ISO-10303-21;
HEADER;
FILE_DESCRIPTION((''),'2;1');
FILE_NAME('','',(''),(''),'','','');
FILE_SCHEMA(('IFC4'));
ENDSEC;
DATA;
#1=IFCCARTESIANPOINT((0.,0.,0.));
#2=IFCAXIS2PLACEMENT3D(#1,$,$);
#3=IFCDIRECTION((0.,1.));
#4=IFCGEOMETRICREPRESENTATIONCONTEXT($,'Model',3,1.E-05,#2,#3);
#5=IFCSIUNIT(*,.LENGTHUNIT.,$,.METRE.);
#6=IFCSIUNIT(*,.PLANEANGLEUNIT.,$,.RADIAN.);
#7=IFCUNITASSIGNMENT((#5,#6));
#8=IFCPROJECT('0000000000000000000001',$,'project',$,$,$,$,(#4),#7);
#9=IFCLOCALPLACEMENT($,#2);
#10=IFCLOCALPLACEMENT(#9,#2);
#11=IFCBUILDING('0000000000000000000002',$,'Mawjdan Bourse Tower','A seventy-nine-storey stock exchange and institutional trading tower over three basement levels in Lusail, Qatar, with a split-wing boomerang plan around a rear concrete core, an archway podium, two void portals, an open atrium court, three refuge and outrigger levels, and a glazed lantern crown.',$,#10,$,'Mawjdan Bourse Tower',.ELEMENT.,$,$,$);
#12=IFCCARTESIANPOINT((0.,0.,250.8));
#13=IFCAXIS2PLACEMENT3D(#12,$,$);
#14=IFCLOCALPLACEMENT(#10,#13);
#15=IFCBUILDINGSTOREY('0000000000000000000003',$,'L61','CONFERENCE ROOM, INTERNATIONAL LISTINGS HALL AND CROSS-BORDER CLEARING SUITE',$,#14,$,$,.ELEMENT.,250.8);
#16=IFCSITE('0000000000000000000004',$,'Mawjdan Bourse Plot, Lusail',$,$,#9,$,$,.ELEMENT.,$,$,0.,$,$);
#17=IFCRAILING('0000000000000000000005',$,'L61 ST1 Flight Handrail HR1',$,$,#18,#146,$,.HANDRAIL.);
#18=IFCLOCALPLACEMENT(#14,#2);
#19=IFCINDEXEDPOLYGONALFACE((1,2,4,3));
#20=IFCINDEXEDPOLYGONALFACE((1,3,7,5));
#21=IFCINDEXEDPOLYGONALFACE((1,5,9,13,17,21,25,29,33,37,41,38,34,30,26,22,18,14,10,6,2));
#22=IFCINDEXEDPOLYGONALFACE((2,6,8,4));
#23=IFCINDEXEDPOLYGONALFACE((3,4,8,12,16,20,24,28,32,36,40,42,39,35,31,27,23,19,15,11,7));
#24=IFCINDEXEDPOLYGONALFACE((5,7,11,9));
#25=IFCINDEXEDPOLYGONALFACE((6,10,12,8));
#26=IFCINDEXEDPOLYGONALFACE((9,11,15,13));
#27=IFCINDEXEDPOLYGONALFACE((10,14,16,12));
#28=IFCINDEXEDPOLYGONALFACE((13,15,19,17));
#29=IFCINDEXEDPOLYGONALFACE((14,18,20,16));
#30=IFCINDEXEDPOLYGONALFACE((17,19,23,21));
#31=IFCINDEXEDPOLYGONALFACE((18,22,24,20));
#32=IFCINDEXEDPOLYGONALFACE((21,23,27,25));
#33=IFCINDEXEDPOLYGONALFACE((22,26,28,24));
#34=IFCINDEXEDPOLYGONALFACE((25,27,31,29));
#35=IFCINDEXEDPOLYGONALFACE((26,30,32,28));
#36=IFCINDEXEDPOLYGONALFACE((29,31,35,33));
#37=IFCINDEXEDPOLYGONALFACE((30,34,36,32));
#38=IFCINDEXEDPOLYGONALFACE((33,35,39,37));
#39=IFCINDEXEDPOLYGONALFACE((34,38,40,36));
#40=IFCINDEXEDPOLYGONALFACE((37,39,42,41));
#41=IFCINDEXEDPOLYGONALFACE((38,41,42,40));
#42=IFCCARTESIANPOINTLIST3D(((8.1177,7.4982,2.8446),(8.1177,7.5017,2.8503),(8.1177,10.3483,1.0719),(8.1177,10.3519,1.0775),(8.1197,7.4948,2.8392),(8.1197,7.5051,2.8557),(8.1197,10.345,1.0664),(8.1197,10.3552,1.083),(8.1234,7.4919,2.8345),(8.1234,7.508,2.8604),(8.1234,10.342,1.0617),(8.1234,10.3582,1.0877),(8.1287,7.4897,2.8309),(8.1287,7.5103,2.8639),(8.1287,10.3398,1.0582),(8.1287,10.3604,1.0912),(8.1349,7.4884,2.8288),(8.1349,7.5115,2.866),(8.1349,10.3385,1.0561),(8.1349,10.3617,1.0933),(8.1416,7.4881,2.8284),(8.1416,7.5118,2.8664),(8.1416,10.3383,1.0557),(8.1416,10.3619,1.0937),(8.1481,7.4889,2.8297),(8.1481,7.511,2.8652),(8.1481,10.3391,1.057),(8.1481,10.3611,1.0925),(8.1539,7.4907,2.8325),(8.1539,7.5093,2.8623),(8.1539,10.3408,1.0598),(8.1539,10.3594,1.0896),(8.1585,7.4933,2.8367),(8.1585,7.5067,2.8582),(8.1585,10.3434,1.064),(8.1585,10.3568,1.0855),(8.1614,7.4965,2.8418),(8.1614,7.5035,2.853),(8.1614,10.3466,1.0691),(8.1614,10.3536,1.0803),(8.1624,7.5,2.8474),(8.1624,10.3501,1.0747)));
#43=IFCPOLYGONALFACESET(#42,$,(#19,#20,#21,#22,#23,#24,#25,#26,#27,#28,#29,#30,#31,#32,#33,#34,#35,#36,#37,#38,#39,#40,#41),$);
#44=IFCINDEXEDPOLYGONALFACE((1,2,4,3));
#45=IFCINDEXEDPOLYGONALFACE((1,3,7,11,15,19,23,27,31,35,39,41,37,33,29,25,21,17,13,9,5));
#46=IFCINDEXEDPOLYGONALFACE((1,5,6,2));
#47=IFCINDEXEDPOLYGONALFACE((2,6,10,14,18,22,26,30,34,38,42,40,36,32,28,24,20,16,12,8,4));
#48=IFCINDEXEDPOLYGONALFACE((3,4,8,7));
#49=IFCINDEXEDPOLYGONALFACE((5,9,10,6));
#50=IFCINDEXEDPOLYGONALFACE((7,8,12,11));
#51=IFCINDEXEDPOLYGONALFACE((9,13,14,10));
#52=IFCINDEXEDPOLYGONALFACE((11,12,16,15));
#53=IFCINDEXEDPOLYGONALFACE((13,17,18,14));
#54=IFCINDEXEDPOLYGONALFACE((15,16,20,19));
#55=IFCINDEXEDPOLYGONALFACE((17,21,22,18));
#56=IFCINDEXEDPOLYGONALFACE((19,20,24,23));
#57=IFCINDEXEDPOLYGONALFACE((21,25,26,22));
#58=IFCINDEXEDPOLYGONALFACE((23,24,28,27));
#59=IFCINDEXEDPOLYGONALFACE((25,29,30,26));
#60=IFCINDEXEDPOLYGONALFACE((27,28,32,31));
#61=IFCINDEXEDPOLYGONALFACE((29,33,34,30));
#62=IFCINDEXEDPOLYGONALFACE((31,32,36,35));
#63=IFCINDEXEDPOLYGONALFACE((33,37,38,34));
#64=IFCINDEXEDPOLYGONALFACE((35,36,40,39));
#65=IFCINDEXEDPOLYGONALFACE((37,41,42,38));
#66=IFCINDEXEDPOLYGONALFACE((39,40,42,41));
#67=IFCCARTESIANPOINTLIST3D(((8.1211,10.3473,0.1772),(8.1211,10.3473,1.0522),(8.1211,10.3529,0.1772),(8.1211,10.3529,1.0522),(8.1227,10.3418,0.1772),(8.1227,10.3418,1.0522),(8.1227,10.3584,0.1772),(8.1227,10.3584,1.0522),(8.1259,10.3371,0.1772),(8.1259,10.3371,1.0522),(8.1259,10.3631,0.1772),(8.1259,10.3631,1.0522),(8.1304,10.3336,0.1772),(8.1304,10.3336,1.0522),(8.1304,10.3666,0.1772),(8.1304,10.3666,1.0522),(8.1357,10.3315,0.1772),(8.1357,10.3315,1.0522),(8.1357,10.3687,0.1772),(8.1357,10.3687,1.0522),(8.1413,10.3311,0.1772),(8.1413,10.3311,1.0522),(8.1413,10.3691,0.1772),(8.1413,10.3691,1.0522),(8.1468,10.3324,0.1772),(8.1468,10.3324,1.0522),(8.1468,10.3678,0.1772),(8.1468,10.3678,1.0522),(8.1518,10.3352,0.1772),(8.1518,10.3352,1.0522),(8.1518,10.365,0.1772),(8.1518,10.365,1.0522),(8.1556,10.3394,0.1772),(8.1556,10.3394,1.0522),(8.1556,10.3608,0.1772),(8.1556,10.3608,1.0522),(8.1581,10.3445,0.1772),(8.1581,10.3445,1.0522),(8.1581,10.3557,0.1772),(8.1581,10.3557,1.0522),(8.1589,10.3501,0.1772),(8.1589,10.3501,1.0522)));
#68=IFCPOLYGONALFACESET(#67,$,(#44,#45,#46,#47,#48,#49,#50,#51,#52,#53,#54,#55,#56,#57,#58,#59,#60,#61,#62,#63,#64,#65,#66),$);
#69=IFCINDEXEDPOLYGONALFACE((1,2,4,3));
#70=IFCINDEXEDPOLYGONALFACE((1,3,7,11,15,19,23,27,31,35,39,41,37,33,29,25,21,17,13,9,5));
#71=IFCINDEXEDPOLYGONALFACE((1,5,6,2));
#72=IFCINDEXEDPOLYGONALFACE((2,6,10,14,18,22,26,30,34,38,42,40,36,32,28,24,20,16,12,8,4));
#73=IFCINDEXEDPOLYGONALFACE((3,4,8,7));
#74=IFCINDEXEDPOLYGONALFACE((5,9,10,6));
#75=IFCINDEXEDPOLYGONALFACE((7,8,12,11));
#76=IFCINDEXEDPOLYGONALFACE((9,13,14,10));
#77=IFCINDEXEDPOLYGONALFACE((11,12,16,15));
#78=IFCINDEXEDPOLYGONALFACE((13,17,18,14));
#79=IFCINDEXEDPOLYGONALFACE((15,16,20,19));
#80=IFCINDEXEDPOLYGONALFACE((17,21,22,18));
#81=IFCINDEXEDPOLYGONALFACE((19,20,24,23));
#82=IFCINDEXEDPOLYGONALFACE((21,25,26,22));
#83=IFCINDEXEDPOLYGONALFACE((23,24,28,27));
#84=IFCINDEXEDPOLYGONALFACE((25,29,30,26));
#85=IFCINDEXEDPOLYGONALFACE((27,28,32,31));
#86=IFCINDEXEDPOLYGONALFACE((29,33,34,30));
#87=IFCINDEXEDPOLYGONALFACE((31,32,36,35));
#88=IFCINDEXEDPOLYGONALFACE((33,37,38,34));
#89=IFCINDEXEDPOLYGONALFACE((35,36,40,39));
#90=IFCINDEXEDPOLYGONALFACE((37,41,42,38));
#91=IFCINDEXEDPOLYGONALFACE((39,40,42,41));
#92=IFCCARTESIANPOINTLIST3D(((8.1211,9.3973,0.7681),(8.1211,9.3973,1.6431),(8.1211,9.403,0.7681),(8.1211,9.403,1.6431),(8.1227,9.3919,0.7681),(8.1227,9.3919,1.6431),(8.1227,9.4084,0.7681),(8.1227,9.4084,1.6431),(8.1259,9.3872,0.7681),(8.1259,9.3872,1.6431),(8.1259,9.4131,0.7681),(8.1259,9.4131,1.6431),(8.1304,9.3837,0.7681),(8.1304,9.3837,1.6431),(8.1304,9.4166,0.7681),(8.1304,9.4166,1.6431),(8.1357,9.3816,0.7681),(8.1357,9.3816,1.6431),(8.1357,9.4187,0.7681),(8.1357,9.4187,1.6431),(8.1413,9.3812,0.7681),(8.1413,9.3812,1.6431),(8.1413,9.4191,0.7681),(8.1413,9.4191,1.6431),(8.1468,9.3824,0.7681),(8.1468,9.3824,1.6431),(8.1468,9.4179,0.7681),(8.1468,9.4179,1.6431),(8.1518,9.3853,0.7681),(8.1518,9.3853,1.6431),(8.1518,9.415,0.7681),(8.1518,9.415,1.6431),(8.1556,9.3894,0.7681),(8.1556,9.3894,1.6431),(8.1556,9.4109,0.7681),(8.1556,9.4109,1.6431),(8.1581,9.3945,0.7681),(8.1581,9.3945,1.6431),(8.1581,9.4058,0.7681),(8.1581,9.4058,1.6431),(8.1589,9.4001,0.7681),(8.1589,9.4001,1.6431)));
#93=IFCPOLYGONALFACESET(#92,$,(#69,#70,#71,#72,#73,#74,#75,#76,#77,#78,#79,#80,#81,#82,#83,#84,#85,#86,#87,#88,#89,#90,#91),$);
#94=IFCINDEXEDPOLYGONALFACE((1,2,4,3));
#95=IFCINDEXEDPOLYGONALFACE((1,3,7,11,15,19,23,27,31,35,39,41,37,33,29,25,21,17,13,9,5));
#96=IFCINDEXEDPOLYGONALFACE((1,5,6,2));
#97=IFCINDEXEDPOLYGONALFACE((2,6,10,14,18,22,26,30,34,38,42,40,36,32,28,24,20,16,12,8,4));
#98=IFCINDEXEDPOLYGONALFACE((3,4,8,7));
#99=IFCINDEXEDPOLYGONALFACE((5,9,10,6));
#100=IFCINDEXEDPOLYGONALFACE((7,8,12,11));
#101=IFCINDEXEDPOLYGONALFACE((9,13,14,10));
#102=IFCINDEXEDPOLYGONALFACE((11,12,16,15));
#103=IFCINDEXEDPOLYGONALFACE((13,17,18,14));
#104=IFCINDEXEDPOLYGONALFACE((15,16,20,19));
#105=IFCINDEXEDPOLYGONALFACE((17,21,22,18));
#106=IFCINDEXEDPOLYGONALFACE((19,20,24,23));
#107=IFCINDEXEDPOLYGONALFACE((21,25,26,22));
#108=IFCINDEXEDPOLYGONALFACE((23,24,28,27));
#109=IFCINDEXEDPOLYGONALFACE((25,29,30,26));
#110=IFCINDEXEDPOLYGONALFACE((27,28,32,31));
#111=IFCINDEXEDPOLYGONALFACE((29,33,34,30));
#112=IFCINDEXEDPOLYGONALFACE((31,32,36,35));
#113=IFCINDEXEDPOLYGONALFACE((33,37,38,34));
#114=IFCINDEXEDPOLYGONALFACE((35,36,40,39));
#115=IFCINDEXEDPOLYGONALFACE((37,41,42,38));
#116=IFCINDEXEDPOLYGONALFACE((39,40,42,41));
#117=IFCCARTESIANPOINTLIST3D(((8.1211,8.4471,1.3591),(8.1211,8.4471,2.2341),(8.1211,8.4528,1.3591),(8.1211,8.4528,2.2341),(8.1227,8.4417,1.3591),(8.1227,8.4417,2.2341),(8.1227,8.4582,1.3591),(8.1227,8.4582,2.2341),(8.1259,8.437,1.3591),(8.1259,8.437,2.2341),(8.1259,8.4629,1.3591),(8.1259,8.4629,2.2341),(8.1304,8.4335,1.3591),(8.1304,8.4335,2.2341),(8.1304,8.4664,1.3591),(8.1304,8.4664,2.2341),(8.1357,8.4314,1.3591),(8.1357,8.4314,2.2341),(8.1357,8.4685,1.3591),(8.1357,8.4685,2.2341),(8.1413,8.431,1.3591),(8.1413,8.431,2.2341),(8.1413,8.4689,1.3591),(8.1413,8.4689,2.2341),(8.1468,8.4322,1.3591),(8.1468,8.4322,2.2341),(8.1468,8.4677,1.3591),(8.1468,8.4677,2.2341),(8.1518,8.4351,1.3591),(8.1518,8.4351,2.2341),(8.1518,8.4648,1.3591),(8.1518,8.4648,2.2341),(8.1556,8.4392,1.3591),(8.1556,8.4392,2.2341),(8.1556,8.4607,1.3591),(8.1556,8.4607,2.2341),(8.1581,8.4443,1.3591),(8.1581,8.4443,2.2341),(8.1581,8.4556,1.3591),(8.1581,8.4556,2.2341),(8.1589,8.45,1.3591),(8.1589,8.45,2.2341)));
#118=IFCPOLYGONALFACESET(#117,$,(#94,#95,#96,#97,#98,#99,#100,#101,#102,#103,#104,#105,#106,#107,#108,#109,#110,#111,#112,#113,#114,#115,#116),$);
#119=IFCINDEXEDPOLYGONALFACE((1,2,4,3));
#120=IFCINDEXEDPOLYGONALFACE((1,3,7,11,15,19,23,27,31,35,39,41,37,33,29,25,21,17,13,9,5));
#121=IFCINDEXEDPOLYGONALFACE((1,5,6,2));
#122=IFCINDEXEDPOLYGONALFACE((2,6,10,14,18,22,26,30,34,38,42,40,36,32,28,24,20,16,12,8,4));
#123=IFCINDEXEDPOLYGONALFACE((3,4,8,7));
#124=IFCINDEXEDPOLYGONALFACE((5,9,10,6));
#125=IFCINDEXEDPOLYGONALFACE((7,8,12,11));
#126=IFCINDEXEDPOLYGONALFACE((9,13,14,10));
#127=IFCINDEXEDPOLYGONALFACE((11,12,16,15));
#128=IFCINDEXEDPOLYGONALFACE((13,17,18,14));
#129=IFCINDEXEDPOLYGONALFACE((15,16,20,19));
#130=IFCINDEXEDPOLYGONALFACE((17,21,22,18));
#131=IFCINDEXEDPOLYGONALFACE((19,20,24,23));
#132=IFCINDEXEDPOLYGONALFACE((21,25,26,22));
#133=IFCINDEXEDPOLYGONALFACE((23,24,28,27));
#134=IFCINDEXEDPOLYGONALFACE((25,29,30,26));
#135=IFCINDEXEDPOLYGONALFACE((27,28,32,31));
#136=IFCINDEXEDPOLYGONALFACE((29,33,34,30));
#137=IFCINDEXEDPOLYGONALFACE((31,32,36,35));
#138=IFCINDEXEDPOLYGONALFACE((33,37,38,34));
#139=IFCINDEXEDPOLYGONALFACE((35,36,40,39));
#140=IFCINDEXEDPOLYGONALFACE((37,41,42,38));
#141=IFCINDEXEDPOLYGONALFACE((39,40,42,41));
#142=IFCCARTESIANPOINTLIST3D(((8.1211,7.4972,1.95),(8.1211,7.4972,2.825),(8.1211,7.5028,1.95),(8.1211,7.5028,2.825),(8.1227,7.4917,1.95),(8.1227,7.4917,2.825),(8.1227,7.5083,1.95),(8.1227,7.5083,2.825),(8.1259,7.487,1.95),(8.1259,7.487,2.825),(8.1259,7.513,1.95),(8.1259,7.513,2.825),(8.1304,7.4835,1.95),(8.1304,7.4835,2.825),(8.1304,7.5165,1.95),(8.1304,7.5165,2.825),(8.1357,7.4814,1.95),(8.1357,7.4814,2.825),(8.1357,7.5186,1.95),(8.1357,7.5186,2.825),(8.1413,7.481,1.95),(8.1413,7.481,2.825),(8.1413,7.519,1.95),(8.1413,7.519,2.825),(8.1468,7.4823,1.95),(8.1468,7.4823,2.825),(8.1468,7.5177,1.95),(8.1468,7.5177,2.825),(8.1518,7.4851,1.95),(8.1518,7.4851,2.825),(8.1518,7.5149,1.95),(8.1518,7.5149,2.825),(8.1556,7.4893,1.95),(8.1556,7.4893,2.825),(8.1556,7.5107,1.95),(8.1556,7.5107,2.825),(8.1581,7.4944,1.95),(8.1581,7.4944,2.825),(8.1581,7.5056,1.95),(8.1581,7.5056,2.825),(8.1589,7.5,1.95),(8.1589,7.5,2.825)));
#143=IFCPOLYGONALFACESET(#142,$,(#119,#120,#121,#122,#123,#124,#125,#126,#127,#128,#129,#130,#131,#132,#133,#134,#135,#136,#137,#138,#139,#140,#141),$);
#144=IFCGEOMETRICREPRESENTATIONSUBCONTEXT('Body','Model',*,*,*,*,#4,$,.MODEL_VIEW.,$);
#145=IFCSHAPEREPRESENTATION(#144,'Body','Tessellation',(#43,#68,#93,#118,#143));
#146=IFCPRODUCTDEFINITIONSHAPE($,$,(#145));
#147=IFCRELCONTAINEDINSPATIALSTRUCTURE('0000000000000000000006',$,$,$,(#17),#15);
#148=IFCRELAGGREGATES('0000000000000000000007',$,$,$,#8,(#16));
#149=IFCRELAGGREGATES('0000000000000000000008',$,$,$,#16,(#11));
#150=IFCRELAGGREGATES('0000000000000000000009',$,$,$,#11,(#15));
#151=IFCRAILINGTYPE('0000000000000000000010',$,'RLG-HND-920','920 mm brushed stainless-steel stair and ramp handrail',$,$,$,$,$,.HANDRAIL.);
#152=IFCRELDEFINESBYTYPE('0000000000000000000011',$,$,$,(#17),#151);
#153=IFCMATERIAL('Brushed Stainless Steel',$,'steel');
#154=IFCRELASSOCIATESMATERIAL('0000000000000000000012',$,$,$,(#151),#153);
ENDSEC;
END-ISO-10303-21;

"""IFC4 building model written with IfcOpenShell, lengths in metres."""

from ifc_helpers import new_model, si_unit, direction, frame, origin, origin_2d, place, context, subcontext, project, spatial, circle, extrude, material, type_object, element, save


model = new_model("IFC4")

# Units and contexts
model_context = context("Model", 3, precision=1e-05, world=origin(), true_north=direction((0.0, 1.0)))
body_context = subcontext(model_context, "Body", "Model", "MODEL_VIEW")
ifc_project = project(units=[si_unit("LENGTHUNIT", "METRE"), si_unit("PLANEANGLEUNIT", "RADIAN")], contexts=[model_context])

# Site, building, storey
site_placement = place(None, origin())
site = spatial("IfcSite", under=ifc_project, at=site_placement, Name="Mawjdan Bourse Plot, Lusail", CompositionType="ELEMENT", RefElevation=0.0)
building_placement = place(site_placement, origin())
building = spatial("IfcBuilding", under=site, at=building_placement, Name="Mawjdan Bourse Tower", Description="A seventy-nine-storey stock exchange and institutional trading tower over three basement levels in Lusail, Qatar, with a split-wing boomerang plan around a rear concrete core, an archway podium, two void portals, an open atrium court, three refuge and outrigger levels, and a glazed lantern crown.", LongName="Mawjdan Bourse Tower", CompositionType="ELEMENT")
storey_placement = place(building_placement, frame((0.0, 0.0, 250.8)))
storey = spatial("IfcBuildingStorey", under=building, at=storey_placement, Name="L61", Description="CONFERENCE ROOM, INTERNATIONAL LISTINGS HALL AND CROSS-BORDER CLEARING SUITE", CompositionType="ELEMENT", Elevation=250.8)

# Railing
ifc_material_1 = material(Name="Brushed Stainless Steel", Category="steel")
railing_type_1 = type_object("IfcRailingType", Name="RLG-HND-920", Description="920 mm brushed stainless-steel stair and ramp handrail", PredefinedType="HANDRAIL", material=ifc_material_1)
railing_placement = place(storey_placement, frame((8.1399, 10.3501, 0.1772)))
element("IfcRailing", 1, at=railing_placement, inside=storey, type_object=railing_type_1, Name="L61 ST1 Flight Handrail HR1", PredefinedType="HANDRAIL", context=body_context, shape_type="SweptSolid", body=[
    extrude(circle(Radius=0.0225, at=origin_2d()), frame((0.0, 0.0, 0.8975), z_axis=(0.0, -0.849149, 0.528154), x_axis=(1.0, 0.0, 0.0)), (0.0, 0.0, 1.0), 3.3564),
    extrude(circle(Radius=0.019, at=origin_2d()), origin(), (0.0, 0.0, 1.0), 0.875),
    extrude(circle(Radius=0.019, at=origin_2d()), frame((0.0, -0.95, 0.5908)), (0.0, 0.0, 1.0), 0.875),
    extrude(circle(Radius=0.019, at=origin_2d()), frame((0.0, -1.9001, 1.1819)), (0.0, 0.0, 1.0), 0.875),
    extrude(circle(Radius=0.019, at=origin_2d()), frame((0.0, -2.8501, 1.7727)), (0.0, 0.0, 1.0), 0.875),
])

save(model, "model.ifc")
